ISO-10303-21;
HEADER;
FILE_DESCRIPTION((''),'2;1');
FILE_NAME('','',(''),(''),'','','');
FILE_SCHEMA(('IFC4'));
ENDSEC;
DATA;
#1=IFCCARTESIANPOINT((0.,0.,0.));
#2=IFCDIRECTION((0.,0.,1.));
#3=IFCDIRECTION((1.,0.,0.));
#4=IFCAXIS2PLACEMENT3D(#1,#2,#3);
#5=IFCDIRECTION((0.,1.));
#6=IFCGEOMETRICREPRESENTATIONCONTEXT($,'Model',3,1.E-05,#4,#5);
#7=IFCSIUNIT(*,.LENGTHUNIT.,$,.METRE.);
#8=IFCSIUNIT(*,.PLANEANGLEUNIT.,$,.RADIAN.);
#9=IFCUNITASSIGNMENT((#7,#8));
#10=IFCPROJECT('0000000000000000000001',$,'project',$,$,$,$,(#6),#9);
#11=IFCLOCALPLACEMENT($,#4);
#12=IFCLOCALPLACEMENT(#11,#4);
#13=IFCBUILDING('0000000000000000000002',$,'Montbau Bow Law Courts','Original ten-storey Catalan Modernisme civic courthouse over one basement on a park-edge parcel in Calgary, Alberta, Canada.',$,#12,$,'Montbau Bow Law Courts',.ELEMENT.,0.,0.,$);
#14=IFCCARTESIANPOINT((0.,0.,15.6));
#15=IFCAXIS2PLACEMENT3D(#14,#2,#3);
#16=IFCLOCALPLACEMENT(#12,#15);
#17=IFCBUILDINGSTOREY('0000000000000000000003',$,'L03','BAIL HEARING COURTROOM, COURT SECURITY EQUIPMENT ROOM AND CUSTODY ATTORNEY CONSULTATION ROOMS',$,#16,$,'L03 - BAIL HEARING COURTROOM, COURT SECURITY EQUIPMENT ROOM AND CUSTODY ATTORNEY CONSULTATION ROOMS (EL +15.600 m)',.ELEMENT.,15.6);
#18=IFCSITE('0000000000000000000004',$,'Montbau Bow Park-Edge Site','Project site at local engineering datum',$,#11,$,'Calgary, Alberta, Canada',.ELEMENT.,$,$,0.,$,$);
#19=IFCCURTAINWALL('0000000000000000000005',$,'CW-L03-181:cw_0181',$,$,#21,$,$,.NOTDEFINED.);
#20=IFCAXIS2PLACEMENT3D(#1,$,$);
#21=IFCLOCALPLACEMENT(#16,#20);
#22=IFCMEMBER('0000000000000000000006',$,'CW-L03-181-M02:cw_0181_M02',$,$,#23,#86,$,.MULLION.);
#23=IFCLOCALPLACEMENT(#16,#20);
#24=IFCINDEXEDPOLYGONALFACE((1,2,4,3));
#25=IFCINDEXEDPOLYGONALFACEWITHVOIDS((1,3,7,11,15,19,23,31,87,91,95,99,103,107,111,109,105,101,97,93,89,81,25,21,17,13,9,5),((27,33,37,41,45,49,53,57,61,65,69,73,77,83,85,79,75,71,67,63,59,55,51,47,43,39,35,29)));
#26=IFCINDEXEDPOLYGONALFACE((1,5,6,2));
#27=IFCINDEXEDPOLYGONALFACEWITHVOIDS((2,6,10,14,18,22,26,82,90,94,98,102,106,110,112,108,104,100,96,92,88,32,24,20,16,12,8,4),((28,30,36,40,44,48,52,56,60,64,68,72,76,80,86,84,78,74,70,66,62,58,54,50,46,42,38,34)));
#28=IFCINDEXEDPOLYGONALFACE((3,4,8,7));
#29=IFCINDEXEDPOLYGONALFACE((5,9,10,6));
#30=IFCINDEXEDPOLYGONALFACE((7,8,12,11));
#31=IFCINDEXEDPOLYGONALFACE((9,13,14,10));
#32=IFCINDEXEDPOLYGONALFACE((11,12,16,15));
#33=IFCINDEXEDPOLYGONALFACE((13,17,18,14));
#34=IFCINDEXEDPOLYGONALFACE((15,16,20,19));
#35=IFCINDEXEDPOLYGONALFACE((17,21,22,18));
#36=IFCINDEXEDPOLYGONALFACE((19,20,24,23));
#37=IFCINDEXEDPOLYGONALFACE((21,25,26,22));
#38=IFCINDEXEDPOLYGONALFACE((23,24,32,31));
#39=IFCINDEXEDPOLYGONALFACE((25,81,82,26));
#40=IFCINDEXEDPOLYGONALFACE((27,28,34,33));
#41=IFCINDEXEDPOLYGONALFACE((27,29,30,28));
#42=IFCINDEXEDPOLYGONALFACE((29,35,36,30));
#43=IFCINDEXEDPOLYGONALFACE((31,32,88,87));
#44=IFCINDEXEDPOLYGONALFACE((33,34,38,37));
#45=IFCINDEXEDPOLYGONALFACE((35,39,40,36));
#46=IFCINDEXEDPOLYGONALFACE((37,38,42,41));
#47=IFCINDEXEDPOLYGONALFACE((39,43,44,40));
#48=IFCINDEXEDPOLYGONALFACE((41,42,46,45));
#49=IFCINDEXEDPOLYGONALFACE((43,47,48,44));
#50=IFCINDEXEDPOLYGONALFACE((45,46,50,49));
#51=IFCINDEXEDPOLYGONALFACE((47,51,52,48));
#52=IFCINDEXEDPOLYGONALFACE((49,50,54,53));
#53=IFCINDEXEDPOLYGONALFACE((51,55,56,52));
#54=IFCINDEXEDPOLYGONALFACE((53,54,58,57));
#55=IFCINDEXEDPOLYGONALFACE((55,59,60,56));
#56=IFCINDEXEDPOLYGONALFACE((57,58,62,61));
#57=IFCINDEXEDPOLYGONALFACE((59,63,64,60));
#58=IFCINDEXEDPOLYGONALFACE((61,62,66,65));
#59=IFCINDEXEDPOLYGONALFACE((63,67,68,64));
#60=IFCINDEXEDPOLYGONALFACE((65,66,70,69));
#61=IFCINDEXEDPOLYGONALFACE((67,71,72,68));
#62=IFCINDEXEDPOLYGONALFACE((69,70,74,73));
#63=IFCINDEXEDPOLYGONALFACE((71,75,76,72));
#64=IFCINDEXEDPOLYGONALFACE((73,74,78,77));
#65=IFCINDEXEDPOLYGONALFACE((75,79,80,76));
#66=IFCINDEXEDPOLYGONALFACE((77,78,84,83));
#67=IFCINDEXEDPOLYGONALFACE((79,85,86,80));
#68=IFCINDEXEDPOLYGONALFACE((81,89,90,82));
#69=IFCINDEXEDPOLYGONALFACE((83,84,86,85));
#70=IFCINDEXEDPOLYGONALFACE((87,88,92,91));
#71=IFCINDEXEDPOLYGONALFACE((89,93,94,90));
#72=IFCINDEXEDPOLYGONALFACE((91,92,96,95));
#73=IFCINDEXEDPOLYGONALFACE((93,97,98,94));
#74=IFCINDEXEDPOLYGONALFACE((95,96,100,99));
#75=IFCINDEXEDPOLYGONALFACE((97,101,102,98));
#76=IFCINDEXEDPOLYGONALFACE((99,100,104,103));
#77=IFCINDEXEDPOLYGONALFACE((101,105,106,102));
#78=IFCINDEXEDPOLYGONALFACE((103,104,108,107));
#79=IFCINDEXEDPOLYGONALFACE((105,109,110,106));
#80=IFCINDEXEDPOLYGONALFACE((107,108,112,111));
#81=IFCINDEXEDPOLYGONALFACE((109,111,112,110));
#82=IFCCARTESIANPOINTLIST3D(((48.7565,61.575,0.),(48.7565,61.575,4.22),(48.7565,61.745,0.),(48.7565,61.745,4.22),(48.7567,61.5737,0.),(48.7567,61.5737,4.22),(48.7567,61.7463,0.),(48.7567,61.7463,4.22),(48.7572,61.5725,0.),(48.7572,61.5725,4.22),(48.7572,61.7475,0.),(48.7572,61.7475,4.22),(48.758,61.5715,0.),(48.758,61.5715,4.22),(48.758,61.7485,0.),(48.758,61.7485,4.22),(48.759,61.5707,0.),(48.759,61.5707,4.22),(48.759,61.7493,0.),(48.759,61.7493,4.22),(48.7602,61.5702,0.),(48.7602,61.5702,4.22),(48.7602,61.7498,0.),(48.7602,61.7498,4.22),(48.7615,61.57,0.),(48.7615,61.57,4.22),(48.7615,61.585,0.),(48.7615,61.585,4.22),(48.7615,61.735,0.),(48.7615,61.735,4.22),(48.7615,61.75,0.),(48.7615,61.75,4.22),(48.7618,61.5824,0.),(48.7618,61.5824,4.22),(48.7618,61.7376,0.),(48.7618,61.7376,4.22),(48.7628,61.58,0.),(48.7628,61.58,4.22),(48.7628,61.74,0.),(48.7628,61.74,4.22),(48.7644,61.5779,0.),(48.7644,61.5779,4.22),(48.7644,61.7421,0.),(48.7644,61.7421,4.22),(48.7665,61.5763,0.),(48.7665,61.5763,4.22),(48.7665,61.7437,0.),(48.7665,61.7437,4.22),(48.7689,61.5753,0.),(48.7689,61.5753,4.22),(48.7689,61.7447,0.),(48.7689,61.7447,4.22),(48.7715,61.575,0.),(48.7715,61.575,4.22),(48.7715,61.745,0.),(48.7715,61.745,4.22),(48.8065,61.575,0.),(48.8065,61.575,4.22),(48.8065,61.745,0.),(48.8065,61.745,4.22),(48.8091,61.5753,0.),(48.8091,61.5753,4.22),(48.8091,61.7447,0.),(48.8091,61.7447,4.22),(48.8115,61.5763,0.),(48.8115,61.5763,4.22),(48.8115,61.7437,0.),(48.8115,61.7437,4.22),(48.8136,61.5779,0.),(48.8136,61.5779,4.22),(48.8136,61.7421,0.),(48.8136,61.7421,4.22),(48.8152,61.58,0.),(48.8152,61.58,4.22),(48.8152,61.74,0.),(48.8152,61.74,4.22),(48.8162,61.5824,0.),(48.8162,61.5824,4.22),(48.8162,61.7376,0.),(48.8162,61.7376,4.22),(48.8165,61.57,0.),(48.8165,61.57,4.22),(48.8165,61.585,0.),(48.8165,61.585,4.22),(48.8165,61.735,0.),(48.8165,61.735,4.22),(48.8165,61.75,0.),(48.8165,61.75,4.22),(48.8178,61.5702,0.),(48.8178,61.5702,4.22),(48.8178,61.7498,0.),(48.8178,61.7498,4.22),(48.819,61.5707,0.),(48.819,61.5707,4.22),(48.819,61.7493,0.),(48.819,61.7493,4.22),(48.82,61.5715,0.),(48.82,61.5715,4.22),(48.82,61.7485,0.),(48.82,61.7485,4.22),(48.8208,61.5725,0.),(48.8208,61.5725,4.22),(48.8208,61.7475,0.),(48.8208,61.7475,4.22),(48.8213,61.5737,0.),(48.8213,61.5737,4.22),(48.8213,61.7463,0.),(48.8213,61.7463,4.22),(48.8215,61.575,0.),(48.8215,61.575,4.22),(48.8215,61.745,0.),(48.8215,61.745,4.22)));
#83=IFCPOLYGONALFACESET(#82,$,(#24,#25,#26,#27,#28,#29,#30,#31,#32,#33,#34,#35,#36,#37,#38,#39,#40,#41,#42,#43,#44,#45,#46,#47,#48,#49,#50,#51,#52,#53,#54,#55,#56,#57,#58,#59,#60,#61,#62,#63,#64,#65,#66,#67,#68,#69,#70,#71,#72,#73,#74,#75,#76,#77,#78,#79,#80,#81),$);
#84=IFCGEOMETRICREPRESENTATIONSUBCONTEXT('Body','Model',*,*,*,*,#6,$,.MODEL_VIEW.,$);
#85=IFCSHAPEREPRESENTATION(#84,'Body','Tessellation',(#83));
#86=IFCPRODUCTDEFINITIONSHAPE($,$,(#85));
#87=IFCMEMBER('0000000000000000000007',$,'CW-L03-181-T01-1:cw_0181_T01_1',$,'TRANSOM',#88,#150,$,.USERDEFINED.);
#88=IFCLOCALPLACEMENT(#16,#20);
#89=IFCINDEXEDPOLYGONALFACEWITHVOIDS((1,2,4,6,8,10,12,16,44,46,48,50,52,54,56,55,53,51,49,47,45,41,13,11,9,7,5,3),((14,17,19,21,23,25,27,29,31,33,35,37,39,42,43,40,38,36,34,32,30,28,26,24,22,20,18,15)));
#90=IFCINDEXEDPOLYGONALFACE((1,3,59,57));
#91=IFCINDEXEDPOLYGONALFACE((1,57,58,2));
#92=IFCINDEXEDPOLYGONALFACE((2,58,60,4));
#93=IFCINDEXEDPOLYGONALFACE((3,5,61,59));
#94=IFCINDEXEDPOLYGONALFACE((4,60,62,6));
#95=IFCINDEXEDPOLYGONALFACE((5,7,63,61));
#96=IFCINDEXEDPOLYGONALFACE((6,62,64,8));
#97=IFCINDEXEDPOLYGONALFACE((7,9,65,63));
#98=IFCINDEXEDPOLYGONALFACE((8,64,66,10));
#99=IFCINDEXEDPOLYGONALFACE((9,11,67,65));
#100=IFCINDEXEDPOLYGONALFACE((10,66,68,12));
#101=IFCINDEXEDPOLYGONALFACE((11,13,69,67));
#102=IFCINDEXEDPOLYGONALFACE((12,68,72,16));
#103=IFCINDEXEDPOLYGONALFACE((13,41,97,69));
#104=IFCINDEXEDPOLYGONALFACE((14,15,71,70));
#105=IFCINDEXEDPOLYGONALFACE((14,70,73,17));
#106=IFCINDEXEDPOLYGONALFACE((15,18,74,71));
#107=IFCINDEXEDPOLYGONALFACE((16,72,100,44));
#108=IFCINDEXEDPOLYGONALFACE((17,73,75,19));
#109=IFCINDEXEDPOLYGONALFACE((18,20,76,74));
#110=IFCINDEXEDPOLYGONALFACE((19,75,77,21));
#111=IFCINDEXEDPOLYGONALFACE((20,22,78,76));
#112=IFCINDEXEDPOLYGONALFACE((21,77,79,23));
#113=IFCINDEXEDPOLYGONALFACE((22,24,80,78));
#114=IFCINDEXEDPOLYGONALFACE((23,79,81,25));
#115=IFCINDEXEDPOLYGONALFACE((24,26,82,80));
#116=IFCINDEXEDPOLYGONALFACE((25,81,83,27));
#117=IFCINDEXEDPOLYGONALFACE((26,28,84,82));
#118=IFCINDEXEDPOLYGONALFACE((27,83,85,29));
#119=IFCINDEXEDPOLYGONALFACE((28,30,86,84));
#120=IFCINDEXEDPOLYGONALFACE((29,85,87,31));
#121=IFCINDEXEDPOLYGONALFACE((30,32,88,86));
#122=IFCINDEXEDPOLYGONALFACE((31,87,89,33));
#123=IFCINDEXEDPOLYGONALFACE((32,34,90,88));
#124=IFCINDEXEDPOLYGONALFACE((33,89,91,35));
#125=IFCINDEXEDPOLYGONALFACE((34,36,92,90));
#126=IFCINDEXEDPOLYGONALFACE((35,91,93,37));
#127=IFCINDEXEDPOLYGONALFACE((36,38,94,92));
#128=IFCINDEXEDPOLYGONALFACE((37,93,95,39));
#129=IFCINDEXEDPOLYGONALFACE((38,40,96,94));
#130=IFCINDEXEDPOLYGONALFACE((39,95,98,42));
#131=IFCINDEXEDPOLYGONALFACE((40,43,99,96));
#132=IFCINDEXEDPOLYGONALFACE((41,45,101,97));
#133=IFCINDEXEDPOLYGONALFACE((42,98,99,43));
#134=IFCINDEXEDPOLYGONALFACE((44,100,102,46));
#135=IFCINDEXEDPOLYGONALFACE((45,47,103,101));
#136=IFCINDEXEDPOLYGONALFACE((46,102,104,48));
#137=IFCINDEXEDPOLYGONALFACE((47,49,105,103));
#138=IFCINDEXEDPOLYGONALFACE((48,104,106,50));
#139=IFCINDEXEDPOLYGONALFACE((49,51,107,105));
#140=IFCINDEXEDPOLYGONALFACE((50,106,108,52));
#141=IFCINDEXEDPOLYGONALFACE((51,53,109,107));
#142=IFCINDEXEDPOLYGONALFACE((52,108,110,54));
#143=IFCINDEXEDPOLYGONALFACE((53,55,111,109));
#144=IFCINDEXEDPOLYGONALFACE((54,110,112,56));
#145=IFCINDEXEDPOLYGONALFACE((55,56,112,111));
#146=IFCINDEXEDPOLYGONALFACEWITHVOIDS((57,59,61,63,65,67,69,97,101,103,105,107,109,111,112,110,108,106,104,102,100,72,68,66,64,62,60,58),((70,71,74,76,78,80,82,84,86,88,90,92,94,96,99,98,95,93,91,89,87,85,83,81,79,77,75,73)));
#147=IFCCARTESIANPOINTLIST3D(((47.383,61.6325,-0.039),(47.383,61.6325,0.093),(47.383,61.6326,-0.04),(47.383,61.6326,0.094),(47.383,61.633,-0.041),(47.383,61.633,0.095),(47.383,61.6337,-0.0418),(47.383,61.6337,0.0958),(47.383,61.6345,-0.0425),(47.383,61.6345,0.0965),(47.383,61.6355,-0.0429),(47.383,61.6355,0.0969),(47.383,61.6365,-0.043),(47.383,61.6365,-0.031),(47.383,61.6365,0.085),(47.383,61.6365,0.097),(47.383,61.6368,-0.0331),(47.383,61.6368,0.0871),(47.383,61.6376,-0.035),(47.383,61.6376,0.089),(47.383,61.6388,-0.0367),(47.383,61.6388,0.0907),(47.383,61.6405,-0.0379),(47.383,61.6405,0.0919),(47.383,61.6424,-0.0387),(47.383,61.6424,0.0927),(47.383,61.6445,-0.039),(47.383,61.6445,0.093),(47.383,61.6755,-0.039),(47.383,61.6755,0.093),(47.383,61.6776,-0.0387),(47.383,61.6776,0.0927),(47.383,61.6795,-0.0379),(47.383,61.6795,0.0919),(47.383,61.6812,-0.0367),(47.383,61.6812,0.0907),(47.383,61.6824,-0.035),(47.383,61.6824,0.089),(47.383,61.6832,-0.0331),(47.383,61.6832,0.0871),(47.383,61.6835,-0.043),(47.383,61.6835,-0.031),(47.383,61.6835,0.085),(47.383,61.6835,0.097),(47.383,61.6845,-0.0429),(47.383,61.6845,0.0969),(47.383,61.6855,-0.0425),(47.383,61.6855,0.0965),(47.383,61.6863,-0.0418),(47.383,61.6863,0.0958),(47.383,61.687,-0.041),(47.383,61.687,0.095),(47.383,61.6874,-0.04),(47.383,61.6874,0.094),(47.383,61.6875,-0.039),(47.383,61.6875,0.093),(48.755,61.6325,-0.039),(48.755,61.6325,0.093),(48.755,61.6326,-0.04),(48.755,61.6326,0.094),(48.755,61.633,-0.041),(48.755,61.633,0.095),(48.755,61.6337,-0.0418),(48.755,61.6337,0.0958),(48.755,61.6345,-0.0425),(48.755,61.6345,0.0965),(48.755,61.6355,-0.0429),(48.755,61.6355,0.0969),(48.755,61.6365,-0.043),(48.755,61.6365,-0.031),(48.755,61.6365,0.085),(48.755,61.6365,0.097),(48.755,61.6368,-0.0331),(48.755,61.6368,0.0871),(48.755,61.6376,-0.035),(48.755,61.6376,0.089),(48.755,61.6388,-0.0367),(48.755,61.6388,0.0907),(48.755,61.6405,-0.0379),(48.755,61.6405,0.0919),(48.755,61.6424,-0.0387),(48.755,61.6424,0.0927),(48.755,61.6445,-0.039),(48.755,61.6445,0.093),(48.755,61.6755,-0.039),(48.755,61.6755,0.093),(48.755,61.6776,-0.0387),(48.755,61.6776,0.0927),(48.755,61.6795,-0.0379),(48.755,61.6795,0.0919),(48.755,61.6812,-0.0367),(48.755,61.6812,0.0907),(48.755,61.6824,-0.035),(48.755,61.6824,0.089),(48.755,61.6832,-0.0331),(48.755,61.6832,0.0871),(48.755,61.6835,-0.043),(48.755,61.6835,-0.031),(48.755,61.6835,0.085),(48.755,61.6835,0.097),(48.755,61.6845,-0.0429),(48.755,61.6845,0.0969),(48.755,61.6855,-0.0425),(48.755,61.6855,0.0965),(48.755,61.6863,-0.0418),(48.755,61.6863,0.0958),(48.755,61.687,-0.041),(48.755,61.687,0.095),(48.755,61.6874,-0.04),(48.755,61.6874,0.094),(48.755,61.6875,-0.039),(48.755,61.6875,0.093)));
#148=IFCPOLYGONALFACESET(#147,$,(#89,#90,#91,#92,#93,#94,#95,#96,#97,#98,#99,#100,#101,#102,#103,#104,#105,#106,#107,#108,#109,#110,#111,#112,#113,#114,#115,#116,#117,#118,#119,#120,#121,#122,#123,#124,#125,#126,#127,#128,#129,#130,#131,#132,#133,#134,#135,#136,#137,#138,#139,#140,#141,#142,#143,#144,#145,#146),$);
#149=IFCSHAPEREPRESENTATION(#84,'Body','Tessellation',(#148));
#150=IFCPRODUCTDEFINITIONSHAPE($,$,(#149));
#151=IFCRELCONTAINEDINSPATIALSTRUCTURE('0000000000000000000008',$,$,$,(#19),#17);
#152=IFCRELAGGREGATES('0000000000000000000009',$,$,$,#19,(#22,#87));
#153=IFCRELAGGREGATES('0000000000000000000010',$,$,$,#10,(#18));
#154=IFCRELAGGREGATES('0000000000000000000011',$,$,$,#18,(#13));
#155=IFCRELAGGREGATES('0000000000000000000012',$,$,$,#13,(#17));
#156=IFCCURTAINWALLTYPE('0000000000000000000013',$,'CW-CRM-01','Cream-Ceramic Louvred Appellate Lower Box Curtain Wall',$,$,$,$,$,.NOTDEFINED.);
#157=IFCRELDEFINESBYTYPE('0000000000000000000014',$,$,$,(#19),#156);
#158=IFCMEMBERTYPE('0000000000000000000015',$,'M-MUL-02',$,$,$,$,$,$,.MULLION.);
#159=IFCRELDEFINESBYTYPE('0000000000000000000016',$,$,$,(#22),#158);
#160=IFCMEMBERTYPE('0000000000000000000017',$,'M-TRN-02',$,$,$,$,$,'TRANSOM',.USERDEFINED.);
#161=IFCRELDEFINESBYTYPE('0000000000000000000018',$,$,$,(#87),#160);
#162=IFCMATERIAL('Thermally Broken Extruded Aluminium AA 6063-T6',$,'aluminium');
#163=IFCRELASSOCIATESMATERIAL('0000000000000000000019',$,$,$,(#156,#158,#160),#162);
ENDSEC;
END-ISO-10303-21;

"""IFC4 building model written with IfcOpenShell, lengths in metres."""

from ifc_helpers import new_model, si_unit, direction, frame, origin_with_axes, origin_2d_with_axis, place, context, subcontext, project, spatial, hollow_rectangle, extrude, material, material_profile, profile_set, type_object, element, aggregate, save


model = new_model("IFC4")

# Units and contexts
model_context = context("Model", 3, precision=1e-05, world=origin_with_axes(), true_north=direction((0.0, 1.0)))
body_context = subcontext(model_context, "Body", "Model", "MODEL_VIEW")
ifc_project = project(units=[si_unit("LENGTHUNIT", "METRE"), si_unit("PLANEANGLEUNIT", "RADIAN")], contexts=[model_context])

# Site, building, storey
site_placement = place(None, origin_with_axes())
site = spatial("IfcSite", under=ifc_project, at=site_placement, Name="Montbau Bow Park-Edge Site", Description="Project site at local engineering datum", LongName="Calgary, Alberta, Canada", CompositionType="ELEMENT", RefElevation=0.0)
building_placement = place(site_placement, origin_with_axes())
building = spatial("IfcBuilding", under=site, at=building_placement, Name="Montbau Bow Law Courts", Description="Original ten-storey Catalan Modernisme civic courthouse over one basement on a park-edge parcel in Calgary, Alberta, Canada.", LongName="Montbau Bow Law Courts", CompositionType="ELEMENT", ElevationOfRefHeight=0.0, ElevationOfTerrain=0.0)
storey_placement = place(building_placement, frame((0.0, 0.0, 15.6), z_axis=(0.0, 0.0, 1.0), x_axis=(1.0, 0.0, 0.0)))
storey = spatial("IfcBuildingStorey", under=building, at=storey_placement, Name="L03", Description="BAIL HEARING COURTROOM, COURT SECURITY EQUIPMENT ROOM AND CUSTODY ATTORNEY CONSULTATION ROOMS", LongName="L03 - BAIL HEARING COURTROOM, COURT SECURITY EQUIPMENT ROOM AND CUSTODY ATTORNEY CONSULTATION ROOMS (EL +15.600 m)", CompositionType="ELEMENT", Elevation=15.6)

# Curtain wall, members
ifc_material_1 = material(Name="Thermally Broken Extruded Aluminium AA 6063-T6", Category="aluminium")
curtain_wall_type = type_object("IfcCurtainWallType", Name="CW-CRM-01", Description="Cream-Ceramic Louvred Appellate Lower Box Curtain Wall", PredefinedType="NOTDEFINED", material=ifc_material_1)
curtain_wall_1_placement = place(None, frame((47.315, 61.66, 15.6), z_axis=(0.0, 0.0, 1.0), x_axis=(1.0, 0.0, 0.0)))
curtain_wall_1 = element("IfcCurtainWall", 1, at=curtain_wall_1_placement, inside=storey, type_object=curtain_wall_type, Name="CW-L03-181:cw_0181", PredefinedType="NOTDEFINED")
ifc_material_profile_1 = material_profile(ifc_material_1, hollow_rectangle(XDim=0.065, YDim=0.18, WallThickness=0.005, InnerFilletRadius=0.01, OuterFilletRadius=0.005, at=origin_2d_with_axis()), Name="CWM-180X65", Category="Main", Priority=0)
ifc_profile_set_1 = profile_set([ifc_material_profile_1], Name="Thermally Broken Extruded Aluminium AA 6063-T6")
member_type_1 = type_object("IfcMemberType", Name="M-MUL-02", PredefinedType="MULLION", material=ifc_profile_set_1)
member_1_placement = place(None, frame((48.789, 61.66, 15.6), z_axis=(0.0, 0.0, 1.0), x_axis=(1.0, 0.0, 0.0)))
member_1 = element("IfcMember", 2, at=member_1_placement, type_object=member_type_1, Name="CW-L03-181-M02:cw_0181_M02", PredefinedType="MULLION", context=body_context, shape_type="SweptSolid", body=[
    extrude(hollow_rectangle(XDim=0.065, YDim=0.18, WallThickness=0.005, InnerFilletRadius=0.01, OuterFilletRadius=0.005, at=origin_2d_with_axis()), origin_with_axes(), (0.0, 0.0, 1.0), 4.22),
])
ifc_material_profile_2 = material_profile(ifc_material_1, hollow_rectangle(XDim=0.055, YDim=0.14, WallThickness=0.004, InnerFilletRadius=0.008, OuterFilletRadius=0.004, at=origin_2d_with_axis()), Name="CWT-140X55", Category="Main", Priority=0)
ifc_profile_set_2 = profile_set([ifc_material_profile_2], Name="Thermally Broken Extruded Aluminium AA 6063-T6")
member_type_2 = type_object("IfcMemberType", Name="M-TRN-02", ElementType="TRANSOM", PredefinedType="USERDEFINED", material=ifc_profile_set_2)
member_2_placement = place(None, frame((47.383, 61.66, 15.627), z_axis=(1.0, 0.0, 0.0), x_axis=(0.0, 1.0, 0.0)))
member_2 = element("IfcMember", 3, at=member_2_placement, type_object=member_type_2, Name="CW-L03-181-T01-1:cw_0181_T01_1", ObjectType="TRANSOM", PredefinedType="USERDEFINED", context=body_context, shape_type="SweptSolid", body=[
    extrude(hollow_rectangle(XDim=0.055, YDim=0.14, WallThickness=0.004, InnerFilletRadius=0.008, OuterFilletRadius=0.004, at=origin_2d_with_axis()), origin_with_axes(), (0.0, 0.0, 1.0), 1.372),
])

aggregate(curtain_wall_1, [member_1, member_2])

save(model, "model.ifc")
